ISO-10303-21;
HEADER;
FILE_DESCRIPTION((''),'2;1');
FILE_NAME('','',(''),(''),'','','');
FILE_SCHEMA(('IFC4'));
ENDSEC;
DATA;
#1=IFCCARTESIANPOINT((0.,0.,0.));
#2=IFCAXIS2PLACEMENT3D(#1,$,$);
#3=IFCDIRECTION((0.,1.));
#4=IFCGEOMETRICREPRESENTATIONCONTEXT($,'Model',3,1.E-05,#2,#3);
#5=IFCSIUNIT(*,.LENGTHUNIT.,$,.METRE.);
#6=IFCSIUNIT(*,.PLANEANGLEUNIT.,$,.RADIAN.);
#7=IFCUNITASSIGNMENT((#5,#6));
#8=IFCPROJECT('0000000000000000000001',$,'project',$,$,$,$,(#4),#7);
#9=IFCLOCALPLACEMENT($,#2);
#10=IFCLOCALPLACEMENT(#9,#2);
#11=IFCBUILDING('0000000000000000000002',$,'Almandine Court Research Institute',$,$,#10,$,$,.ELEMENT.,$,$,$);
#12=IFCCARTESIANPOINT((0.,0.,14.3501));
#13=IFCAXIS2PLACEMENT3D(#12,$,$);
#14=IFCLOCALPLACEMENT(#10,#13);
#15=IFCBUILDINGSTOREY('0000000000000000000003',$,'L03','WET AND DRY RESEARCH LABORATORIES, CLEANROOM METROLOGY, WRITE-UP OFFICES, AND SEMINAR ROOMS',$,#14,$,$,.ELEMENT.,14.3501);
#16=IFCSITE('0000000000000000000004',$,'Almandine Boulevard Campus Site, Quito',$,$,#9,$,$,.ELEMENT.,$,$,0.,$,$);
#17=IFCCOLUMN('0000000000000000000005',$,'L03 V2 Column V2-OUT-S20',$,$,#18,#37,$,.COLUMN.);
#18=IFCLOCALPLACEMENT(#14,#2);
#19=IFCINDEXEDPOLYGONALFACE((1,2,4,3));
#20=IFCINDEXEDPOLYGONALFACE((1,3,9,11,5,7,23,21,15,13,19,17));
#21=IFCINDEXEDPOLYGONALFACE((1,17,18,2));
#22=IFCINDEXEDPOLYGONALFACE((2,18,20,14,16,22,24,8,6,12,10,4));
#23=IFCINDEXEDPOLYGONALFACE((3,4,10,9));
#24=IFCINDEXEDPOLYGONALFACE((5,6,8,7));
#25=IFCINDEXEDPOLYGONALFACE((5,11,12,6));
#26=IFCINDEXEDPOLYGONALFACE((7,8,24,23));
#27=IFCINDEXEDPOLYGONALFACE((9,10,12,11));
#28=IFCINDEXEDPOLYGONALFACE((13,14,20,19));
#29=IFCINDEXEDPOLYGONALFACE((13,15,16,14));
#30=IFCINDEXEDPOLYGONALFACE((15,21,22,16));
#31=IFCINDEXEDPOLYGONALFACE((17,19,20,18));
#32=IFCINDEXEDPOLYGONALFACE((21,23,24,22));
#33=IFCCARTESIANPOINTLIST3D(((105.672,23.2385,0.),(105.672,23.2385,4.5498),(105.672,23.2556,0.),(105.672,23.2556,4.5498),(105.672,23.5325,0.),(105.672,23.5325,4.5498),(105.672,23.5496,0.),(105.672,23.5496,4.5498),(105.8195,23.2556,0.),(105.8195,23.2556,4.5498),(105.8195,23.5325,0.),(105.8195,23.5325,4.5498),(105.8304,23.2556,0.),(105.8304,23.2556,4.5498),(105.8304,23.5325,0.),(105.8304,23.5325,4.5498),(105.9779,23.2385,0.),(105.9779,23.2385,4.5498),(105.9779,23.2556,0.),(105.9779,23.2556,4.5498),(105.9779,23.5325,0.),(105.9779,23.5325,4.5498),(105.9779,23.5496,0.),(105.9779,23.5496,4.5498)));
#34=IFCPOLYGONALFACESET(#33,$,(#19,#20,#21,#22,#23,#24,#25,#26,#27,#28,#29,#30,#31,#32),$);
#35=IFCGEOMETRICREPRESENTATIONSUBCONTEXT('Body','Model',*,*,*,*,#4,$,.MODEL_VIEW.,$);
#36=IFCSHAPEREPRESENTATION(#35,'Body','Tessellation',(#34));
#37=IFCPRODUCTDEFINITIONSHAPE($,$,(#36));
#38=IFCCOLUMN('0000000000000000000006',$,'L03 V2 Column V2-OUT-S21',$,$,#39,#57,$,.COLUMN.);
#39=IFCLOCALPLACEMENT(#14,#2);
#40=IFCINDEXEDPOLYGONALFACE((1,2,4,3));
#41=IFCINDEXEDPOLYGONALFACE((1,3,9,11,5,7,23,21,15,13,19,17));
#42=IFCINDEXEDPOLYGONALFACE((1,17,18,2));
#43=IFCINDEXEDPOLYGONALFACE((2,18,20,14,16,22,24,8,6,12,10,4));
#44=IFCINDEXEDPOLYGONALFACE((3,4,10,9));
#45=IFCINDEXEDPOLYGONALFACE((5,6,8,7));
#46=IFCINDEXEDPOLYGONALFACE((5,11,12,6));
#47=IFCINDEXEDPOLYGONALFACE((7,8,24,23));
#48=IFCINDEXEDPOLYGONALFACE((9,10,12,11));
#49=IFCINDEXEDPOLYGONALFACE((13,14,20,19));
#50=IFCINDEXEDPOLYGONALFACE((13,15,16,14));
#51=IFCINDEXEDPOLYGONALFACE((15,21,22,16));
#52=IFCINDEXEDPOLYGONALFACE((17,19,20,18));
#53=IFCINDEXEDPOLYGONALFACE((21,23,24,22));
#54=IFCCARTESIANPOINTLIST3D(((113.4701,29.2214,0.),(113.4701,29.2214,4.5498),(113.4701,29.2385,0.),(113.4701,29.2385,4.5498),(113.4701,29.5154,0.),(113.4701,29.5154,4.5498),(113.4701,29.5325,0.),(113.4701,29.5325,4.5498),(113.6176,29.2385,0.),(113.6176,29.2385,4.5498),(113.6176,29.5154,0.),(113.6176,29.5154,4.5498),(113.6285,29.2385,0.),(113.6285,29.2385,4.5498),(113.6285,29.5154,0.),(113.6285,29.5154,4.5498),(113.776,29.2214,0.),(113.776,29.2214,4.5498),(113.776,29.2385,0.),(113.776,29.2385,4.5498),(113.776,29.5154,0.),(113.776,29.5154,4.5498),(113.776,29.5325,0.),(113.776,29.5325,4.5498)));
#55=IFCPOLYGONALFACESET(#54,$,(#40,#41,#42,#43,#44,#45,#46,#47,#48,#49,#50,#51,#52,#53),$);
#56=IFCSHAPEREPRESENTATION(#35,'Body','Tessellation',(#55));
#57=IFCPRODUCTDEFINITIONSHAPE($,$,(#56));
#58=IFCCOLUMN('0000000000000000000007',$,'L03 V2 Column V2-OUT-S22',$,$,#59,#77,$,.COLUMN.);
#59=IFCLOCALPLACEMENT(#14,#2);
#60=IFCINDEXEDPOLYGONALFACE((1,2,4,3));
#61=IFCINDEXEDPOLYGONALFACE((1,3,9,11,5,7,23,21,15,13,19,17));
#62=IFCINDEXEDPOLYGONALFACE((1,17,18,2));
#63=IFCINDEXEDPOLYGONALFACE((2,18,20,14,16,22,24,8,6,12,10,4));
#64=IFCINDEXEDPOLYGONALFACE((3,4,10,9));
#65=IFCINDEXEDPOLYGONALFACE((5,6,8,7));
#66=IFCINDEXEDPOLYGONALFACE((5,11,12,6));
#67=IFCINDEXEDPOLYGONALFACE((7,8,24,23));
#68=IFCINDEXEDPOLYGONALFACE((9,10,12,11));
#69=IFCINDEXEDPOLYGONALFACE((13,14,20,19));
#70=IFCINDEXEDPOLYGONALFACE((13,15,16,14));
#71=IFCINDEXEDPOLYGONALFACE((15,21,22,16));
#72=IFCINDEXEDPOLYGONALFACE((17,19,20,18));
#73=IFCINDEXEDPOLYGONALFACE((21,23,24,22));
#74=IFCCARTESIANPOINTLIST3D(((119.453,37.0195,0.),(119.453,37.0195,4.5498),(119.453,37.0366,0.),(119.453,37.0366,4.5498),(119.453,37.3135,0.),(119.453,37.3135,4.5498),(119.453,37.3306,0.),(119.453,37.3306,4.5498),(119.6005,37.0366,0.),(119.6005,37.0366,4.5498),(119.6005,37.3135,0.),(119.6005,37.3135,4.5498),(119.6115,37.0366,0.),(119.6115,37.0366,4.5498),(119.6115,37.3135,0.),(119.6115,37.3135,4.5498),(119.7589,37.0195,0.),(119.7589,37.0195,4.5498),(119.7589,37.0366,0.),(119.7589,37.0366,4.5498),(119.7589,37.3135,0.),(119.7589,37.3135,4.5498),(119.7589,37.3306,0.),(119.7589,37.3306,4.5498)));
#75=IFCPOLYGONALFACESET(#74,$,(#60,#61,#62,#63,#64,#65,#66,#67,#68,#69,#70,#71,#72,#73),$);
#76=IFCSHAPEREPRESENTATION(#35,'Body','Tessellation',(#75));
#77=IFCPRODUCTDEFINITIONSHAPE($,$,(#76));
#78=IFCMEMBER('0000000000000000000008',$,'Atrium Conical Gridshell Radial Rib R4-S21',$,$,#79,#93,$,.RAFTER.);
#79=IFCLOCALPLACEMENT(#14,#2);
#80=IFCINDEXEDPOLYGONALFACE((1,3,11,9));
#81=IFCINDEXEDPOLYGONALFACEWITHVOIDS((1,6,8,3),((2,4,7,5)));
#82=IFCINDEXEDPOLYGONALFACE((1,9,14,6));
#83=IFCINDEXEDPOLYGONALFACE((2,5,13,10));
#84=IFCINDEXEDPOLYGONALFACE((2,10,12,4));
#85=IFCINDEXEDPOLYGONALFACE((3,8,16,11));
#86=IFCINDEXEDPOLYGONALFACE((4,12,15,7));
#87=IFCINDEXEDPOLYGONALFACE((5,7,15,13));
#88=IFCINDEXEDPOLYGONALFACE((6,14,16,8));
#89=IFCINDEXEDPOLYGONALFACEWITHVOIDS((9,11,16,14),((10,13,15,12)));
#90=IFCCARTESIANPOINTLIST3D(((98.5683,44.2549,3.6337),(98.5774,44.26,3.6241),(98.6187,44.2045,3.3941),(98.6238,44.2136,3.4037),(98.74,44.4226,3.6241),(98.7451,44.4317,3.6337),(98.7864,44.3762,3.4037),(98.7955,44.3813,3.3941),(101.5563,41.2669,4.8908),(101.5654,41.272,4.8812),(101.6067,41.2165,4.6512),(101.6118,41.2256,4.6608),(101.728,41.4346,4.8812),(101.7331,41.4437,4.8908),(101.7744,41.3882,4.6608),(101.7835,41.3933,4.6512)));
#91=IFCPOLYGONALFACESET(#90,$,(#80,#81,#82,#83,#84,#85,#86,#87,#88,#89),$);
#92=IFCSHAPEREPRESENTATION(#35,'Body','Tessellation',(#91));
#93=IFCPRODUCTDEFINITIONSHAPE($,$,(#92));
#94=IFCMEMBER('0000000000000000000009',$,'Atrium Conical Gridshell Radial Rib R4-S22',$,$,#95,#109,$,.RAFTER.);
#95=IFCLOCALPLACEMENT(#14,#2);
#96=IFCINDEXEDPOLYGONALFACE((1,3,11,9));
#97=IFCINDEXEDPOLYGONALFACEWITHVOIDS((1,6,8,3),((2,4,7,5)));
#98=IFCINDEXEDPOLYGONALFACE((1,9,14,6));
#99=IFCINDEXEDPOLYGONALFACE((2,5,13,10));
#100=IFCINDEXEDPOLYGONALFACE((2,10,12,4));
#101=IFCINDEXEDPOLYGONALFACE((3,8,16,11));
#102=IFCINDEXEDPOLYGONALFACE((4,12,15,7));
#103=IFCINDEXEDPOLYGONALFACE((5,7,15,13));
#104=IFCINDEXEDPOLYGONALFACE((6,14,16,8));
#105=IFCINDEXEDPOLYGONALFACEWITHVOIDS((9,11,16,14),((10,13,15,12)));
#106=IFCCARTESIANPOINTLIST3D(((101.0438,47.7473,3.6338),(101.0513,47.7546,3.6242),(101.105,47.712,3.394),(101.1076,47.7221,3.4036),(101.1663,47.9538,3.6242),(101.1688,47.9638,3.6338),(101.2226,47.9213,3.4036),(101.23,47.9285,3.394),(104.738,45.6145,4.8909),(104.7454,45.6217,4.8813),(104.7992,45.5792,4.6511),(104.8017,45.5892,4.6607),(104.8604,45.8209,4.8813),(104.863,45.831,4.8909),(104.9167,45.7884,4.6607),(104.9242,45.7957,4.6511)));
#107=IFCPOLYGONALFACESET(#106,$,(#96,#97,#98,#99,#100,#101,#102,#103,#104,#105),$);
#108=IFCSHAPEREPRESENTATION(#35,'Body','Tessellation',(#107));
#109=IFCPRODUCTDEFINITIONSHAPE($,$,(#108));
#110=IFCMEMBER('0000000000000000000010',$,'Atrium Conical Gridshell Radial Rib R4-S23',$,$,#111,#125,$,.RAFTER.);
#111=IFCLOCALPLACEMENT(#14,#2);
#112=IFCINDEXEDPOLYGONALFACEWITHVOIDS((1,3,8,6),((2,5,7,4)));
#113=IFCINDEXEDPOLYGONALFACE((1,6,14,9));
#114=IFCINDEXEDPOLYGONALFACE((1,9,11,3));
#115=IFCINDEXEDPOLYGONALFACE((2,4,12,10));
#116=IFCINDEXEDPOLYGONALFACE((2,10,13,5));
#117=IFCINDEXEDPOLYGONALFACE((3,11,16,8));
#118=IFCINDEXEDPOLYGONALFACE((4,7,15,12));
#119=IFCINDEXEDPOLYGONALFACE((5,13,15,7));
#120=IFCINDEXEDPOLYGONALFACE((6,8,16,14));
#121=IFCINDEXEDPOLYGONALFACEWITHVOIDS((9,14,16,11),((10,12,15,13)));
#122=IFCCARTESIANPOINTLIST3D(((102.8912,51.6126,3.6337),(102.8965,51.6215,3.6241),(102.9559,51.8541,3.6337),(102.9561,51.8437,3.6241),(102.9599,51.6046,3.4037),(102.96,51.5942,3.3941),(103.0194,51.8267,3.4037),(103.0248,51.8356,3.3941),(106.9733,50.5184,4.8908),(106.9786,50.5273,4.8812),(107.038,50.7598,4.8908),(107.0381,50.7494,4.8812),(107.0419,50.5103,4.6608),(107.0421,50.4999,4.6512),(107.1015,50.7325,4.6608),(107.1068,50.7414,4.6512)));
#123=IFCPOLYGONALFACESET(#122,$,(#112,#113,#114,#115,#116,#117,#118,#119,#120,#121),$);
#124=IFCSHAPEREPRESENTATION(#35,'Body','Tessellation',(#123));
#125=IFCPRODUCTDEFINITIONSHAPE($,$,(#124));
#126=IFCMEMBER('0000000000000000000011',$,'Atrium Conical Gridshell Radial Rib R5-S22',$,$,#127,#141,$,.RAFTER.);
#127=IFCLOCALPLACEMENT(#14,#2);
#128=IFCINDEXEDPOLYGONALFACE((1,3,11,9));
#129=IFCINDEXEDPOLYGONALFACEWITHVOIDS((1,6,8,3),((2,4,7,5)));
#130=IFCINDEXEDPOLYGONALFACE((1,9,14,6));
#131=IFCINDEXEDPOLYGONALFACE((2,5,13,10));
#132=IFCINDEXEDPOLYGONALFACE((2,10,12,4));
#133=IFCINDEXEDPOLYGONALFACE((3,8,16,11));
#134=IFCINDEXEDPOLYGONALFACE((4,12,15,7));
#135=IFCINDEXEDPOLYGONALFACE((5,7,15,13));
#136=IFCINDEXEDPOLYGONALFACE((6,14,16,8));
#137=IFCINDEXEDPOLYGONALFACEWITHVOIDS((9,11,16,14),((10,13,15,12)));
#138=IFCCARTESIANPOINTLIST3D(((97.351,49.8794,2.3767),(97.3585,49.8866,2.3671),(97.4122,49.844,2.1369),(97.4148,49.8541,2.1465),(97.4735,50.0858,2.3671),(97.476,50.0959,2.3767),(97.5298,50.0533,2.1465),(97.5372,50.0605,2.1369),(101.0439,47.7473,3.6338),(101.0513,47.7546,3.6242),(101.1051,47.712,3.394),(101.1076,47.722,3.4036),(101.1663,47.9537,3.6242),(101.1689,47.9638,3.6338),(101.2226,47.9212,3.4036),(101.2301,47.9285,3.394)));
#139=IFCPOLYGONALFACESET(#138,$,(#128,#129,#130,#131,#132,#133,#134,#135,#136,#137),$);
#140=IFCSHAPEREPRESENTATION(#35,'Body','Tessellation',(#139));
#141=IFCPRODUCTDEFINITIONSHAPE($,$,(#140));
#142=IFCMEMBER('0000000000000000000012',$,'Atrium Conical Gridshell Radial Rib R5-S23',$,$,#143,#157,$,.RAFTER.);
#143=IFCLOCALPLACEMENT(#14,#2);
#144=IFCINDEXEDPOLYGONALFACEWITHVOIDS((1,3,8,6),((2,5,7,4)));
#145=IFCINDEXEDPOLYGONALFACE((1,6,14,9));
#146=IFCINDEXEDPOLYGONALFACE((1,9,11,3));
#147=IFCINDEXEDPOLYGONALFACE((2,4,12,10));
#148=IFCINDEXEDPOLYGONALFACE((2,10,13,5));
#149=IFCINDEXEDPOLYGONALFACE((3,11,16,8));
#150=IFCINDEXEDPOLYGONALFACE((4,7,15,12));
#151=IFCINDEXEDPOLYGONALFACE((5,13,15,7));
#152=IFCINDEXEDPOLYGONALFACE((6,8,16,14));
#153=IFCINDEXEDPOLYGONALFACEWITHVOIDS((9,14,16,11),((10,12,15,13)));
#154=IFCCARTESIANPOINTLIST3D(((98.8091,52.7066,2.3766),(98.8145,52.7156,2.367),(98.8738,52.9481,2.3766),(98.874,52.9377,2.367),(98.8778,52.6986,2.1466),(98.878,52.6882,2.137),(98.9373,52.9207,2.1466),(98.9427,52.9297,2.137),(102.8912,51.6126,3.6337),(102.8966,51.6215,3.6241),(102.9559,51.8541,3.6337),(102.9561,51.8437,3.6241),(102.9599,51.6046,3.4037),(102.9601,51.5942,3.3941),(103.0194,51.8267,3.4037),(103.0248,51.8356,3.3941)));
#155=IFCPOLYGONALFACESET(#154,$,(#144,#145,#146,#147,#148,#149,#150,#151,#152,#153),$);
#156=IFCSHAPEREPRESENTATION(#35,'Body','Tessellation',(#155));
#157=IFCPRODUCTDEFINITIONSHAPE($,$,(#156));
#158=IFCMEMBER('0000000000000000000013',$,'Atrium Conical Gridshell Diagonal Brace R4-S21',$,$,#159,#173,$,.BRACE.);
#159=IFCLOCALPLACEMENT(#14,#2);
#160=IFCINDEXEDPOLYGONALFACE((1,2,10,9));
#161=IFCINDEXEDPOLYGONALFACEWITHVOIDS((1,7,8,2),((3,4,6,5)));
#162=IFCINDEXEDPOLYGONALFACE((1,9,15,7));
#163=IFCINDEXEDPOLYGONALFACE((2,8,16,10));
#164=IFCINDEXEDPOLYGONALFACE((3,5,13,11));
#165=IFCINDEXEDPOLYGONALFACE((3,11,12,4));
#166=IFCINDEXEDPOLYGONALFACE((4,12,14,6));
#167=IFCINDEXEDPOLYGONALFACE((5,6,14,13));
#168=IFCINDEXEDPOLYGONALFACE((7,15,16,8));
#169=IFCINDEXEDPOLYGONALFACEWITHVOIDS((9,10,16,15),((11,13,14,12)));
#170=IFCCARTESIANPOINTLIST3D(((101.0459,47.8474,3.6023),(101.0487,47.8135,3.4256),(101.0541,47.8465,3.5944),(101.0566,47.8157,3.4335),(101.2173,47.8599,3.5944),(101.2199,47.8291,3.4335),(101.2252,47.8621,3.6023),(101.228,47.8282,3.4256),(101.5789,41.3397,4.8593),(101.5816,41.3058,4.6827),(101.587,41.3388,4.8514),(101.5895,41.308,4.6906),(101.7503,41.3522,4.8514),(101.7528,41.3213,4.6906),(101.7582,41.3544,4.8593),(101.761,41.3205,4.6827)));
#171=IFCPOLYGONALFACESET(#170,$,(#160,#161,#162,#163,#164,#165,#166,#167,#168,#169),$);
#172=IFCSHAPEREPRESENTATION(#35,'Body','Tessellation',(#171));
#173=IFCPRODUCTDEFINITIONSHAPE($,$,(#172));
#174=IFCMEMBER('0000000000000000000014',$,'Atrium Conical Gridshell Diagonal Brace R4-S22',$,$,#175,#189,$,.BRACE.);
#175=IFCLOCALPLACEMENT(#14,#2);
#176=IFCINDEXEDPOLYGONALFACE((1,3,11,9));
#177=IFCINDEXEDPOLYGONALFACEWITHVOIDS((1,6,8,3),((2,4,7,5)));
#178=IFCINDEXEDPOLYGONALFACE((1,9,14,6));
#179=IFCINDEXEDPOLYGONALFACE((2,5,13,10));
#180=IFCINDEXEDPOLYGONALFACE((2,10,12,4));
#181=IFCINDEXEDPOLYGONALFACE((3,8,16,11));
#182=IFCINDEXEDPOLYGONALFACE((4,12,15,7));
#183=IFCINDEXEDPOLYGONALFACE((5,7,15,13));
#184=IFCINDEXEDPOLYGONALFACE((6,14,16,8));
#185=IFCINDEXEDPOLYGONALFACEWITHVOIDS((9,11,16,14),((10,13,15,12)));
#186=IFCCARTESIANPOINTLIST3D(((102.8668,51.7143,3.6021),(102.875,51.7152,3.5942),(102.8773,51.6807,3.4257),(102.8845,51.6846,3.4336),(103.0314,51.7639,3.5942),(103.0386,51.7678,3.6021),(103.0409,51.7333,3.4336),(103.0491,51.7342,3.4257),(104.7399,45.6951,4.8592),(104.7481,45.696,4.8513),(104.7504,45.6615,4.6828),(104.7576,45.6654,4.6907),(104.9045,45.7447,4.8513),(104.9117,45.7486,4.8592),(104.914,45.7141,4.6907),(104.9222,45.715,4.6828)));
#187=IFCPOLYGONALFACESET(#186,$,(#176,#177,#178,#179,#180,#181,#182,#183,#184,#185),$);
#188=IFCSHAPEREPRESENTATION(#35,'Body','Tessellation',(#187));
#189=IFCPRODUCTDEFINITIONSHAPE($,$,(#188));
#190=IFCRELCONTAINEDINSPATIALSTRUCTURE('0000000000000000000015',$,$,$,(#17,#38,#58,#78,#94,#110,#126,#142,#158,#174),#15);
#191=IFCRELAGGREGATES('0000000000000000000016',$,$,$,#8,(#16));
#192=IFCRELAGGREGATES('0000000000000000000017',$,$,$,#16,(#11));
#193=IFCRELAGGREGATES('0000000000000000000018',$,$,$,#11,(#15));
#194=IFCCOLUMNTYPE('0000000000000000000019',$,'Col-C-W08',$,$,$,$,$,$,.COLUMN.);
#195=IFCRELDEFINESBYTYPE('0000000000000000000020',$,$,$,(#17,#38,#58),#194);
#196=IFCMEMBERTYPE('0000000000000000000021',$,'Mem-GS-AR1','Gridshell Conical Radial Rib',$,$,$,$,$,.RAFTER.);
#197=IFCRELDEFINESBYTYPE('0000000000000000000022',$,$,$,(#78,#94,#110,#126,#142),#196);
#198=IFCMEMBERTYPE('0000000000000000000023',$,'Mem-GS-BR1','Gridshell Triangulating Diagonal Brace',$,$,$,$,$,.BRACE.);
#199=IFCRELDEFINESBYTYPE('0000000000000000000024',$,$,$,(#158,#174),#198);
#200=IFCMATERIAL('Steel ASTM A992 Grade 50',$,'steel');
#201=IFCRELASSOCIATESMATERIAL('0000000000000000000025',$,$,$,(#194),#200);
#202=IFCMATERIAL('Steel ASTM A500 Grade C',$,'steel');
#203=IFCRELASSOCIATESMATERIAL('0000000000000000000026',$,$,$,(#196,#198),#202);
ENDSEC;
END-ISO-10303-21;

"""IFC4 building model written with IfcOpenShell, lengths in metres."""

from ifc_helpers import new_model, si_unit, direction, frame, origin, origin_2d, place, context, subcontext, project, spatial, hollow_rectangle, i_section, extrude, material, material_profile, profile_set, type_object, element, save


model = new_model("IFC4")

# Units and contexts
model_context = context("Model", 3, precision=1e-05, world=origin(), true_north=direction((0.0, 1.0)))
body_context = subcontext(model_context, "Body", "Model", "MODEL_VIEW")
ifc_project = project(units=[si_unit("LENGTHUNIT", "METRE"), si_unit("PLANEANGLEUNIT", "RADIAN")], contexts=[model_context])

# Site, building, storey
site_placement = place(None, origin())
site = spatial("IfcSite", under=ifc_project, at=site_placement, Name="Almandine Boulevard Campus Site, Quito", CompositionType="ELEMENT", RefElevation=0.0)
building_placement = place(site_placement, origin())
building = spatial("IfcBuilding", under=site, at=building_placement, Name="Almandine Court Research Institute", CompositionType="ELEMENT")
storey_placement = place(building_placement, frame((0.0, 0.0, 14.3501)))
storey = spatial("IfcBuildingStorey", under=building, at=storey_placement, Name="L03", Description="WET AND DRY RESEARCH LABORATORIES, CLEANROOM METROLOGY, WRITE-UP OFFICES, AND SEMINAR ROOMS", CompositionType="ELEMENT", Elevation=14.3501)

# Columns
ifc_material_1 = material(Name="Steel ASTM A992 Grade 50", Category="steel")
ifc_material_profile_1 = material_profile(ifc_material_1, i_section(OverallWidth=0.3059, OverallDepth=0.311, WebThickness=0.011, FlangeThickness=0.0171, at=origin_2d()), Name="W310x107")
ifc_profile_set_1 = profile_set([ifc_material_profile_1], Name="Steel ASTM A992 Grade 50")
column_type = type_object("IfcColumnType", Name="Col-C-W08", PredefinedType="COLUMN", material=ifc_profile_set_1)
for number, where, z_axis, x_axis, name in (
    (1, (105.825, 23.394, 0.0), (0.0, 0.0, 1.0), (1.0, 0.0, 0.0), "L03 V2 Column V2-OUT-S20"),
    (2, (113.623, 29.377, 0.0), (0.0, 0.0, 1.0), (1.0, 0.0, 0.0), "L03 V2 Column V2-OUT-S21"),
    (3, (119.606, 37.175, 0.0), (0.0, 0.0, 1.0), (1.0, 0.0, 0.0), "L03 V2 Column V2-OUT-S22"),
):
    element("IfcColumn", number, at=place(storey_placement, frame(where, z_axis=z_axis, x_axis=x_axis)), inside=storey, type_object=column_type, Name=name, PredefinedType="COLUMN", context=body_context, shape_type="SweptSolid", body=[
        extrude(i_section(OverallWidth=0.3059, OverallDepth=0.311, WebThickness=0.011, FlangeThickness=0.0171, at=origin_2d()), origin(), (0.0, 0.0, 1.0), 4.5498),
    ])

# Members
ifc_material_2 = material(Name="Steel ASTM A500 Grade C", Category="steel")
ifc_material_profile_2 = material_profile(ifc_material_2, hollow_rectangle(XDim=0.25, YDim=0.25, WallThickness=0.01, at=origin_2d()), Name="HSS 250x250x10")
ifc_profile_set_2 = profile_set([ifc_material_profile_2], Name="Steel ASTM A500 Grade C")
member_type_1 = type_object("IfcMemberType", Name="Mem-GS-AR1", Description="Gridshell Conical Radial Rib", PredefinedType="RAFTER", material=ifc_profile_set_2)
member_1_placement = place(storey_placement, frame((101.6699, 41.3301, 4.771), z_axis=(-0.677753, 0.677753, -0.285134), x_axis=(-0.707107, -0.707107, 0.0)))
element("IfcMember", 4, at=member_1_placement, inside=storey, type_object=member_type_1, Name="Atrium Conical Gridshell Radial Rib R4-S21", PredefinedType="RAFTER", context=body_context, shape_type="SweptSolid", body=[
    extrude(hollow_rectangle(XDim=0.25, YDim=0.25, WallThickness=0.01, at=origin_2d()), origin(), (0.0, 0.0, 1.0), 4.4087),
])
member_2_placement = place(storey_placement, frame((104.8311, 45.7051, 4.771), z_axis=(-0.8307, 0.479611, -0.282683), x_axis=(-0.500005, -0.866023, 0.0)))
element("IfcMember", 5, at=member_2_placement, inside=storey, type_object=member_type_1, Name="Atrium Conical Gridshell Radial Rib R4-S22", PredefinedType="RAFTER", context=body_context, shape_type="SweptSolid", body=[
    extrude(hollow_rectangle(XDim=0.25, YDim=0.25, WallThickness=0.01, at=origin_2d()), origin(), (0.0, 0.0, 1.0), 4.447),
])
member_3_placement = place(storey_placement, frame((107.04, 50.6299, 4.771), z_axis=(-0.92581, 0.248175, -0.285107), x_axis=(-0.258921, -0.965899, 0.0)))
element("IfcMember", 6, at=member_3_placement, inside=storey, type_object=member_type_1, Name="Atrium Conical Gridshell Radial Rib R4-S23", PredefinedType="RAFTER", context=body_context, shape_type="SweptSolid", body=[
    extrude(hollow_rectangle(XDim=0.25, YDim=0.25, WallThickness=0.01, at=origin_2d()), origin(), (0.0, 0.0, 1.0), 4.4092),
])
member_4_placement = place(storey_placement, frame((101.137, 47.8379, 3.5139), z_axis=(-0.830681, 0.479594, -0.28277), x_axis=(-0.5, -0.866025, 0.0)))
element("IfcMember", 7, at=member_4_placement, inside=storey, type_object=member_type_1, Name="Atrium Conical Gridshell Radial Rib R5-S22", PredefinedType="RAFTER", context=body_context, shape_type="SweptSolid", body=[
    extrude(hollow_rectangle(XDim=0.25, YDim=0.25, WallThickness=0.01, at=origin_2d()), origin(), (0.0, 0.0, 1.0), 4.4456),
])
member_5_placement = place(storey_placement, frame((102.958, 51.7241, 3.5139), z_axis=(-0.925822, 0.248123, -0.285111), x_axis=(-0.258867, -0.965913, 0.0)))
element("IfcMember", 8, at=member_5_placement, inside=storey, type_object=member_type_1, Name="Atrium Conical Gridshell Radial Rib R5-S23", PredefinedType="RAFTER", context=body_context, shape_type="SweptSolid", body=[
    extrude(hollow_rectangle(XDim=0.25, YDim=0.25, WallThickness=0.01, at=origin_2d()), origin(), (0.0, 0.0, 1.0), 4.4092),
])
ifc_material_profile_3 = material_profile(ifc_material_2, hollow_rectangle(XDim=0.1799, YDim=0.1799, WallThickness=0.0081, at=origin_2d()), Name="HSS 180x180x8")
ifc_profile_set_3 = profile_set([ifc_material_profile_3], Name="Steel ASTM A500 Grade C")
member_type_2 = type_object("IfcMemberType", Name="Mem-GS-BR1", Description="Gridshell Triangulating Diagonal Brace", PredefinedType="BRACE", material=ifc_profile_set_3)
member_6_placement = place(storey_placement, frame((101.6699, 41.3301, 4.771), z_axis=(-0.08015, 0.978691, -0.189049), x_axis=(-0.996663, -0.081622, 0.0)))
element("IfcMember", 9, at=member_6_placement, inside=storey, type_object=member_type_2, Name="Atrium Conical Gridshell Diagonal Brace R4-S21", PredefinedType="BRACE", context=body_context, shape_type="SweptSolid", body=[
    extrude(hollow_rectangle(XDim=0.1799, YDim=0.1799, WallThickness=0.0081, at=origin_2d()), origin(), (0.0, 0.0, 1.0), 6.6494),
])
member_7_placement = place(storey_placement, frame((104.8311, 45.7051, 4.771), z_axis=(-0.291395, 0.936399, -0.195567), x_axis=(-0.954836, -0.297132, 0.0)))
element("IfcMember", 10, at=member_7_placement, inside=storey, type_object=member_type_2, Name="Atrium Conical Gridshell Diagonal Brace R4-S22", PredefinedType="BRACE", context=body_context, shape_type="SweptSolid", body=[
    extrude(hollow_rectangle(XDim=0.1799, YDim=0.1799, WallThickness=0.0081, at=origin_2d()), origin(), (0.0, 0.0, 1.0), 6.428),
])

save(model, "model.ifc")
